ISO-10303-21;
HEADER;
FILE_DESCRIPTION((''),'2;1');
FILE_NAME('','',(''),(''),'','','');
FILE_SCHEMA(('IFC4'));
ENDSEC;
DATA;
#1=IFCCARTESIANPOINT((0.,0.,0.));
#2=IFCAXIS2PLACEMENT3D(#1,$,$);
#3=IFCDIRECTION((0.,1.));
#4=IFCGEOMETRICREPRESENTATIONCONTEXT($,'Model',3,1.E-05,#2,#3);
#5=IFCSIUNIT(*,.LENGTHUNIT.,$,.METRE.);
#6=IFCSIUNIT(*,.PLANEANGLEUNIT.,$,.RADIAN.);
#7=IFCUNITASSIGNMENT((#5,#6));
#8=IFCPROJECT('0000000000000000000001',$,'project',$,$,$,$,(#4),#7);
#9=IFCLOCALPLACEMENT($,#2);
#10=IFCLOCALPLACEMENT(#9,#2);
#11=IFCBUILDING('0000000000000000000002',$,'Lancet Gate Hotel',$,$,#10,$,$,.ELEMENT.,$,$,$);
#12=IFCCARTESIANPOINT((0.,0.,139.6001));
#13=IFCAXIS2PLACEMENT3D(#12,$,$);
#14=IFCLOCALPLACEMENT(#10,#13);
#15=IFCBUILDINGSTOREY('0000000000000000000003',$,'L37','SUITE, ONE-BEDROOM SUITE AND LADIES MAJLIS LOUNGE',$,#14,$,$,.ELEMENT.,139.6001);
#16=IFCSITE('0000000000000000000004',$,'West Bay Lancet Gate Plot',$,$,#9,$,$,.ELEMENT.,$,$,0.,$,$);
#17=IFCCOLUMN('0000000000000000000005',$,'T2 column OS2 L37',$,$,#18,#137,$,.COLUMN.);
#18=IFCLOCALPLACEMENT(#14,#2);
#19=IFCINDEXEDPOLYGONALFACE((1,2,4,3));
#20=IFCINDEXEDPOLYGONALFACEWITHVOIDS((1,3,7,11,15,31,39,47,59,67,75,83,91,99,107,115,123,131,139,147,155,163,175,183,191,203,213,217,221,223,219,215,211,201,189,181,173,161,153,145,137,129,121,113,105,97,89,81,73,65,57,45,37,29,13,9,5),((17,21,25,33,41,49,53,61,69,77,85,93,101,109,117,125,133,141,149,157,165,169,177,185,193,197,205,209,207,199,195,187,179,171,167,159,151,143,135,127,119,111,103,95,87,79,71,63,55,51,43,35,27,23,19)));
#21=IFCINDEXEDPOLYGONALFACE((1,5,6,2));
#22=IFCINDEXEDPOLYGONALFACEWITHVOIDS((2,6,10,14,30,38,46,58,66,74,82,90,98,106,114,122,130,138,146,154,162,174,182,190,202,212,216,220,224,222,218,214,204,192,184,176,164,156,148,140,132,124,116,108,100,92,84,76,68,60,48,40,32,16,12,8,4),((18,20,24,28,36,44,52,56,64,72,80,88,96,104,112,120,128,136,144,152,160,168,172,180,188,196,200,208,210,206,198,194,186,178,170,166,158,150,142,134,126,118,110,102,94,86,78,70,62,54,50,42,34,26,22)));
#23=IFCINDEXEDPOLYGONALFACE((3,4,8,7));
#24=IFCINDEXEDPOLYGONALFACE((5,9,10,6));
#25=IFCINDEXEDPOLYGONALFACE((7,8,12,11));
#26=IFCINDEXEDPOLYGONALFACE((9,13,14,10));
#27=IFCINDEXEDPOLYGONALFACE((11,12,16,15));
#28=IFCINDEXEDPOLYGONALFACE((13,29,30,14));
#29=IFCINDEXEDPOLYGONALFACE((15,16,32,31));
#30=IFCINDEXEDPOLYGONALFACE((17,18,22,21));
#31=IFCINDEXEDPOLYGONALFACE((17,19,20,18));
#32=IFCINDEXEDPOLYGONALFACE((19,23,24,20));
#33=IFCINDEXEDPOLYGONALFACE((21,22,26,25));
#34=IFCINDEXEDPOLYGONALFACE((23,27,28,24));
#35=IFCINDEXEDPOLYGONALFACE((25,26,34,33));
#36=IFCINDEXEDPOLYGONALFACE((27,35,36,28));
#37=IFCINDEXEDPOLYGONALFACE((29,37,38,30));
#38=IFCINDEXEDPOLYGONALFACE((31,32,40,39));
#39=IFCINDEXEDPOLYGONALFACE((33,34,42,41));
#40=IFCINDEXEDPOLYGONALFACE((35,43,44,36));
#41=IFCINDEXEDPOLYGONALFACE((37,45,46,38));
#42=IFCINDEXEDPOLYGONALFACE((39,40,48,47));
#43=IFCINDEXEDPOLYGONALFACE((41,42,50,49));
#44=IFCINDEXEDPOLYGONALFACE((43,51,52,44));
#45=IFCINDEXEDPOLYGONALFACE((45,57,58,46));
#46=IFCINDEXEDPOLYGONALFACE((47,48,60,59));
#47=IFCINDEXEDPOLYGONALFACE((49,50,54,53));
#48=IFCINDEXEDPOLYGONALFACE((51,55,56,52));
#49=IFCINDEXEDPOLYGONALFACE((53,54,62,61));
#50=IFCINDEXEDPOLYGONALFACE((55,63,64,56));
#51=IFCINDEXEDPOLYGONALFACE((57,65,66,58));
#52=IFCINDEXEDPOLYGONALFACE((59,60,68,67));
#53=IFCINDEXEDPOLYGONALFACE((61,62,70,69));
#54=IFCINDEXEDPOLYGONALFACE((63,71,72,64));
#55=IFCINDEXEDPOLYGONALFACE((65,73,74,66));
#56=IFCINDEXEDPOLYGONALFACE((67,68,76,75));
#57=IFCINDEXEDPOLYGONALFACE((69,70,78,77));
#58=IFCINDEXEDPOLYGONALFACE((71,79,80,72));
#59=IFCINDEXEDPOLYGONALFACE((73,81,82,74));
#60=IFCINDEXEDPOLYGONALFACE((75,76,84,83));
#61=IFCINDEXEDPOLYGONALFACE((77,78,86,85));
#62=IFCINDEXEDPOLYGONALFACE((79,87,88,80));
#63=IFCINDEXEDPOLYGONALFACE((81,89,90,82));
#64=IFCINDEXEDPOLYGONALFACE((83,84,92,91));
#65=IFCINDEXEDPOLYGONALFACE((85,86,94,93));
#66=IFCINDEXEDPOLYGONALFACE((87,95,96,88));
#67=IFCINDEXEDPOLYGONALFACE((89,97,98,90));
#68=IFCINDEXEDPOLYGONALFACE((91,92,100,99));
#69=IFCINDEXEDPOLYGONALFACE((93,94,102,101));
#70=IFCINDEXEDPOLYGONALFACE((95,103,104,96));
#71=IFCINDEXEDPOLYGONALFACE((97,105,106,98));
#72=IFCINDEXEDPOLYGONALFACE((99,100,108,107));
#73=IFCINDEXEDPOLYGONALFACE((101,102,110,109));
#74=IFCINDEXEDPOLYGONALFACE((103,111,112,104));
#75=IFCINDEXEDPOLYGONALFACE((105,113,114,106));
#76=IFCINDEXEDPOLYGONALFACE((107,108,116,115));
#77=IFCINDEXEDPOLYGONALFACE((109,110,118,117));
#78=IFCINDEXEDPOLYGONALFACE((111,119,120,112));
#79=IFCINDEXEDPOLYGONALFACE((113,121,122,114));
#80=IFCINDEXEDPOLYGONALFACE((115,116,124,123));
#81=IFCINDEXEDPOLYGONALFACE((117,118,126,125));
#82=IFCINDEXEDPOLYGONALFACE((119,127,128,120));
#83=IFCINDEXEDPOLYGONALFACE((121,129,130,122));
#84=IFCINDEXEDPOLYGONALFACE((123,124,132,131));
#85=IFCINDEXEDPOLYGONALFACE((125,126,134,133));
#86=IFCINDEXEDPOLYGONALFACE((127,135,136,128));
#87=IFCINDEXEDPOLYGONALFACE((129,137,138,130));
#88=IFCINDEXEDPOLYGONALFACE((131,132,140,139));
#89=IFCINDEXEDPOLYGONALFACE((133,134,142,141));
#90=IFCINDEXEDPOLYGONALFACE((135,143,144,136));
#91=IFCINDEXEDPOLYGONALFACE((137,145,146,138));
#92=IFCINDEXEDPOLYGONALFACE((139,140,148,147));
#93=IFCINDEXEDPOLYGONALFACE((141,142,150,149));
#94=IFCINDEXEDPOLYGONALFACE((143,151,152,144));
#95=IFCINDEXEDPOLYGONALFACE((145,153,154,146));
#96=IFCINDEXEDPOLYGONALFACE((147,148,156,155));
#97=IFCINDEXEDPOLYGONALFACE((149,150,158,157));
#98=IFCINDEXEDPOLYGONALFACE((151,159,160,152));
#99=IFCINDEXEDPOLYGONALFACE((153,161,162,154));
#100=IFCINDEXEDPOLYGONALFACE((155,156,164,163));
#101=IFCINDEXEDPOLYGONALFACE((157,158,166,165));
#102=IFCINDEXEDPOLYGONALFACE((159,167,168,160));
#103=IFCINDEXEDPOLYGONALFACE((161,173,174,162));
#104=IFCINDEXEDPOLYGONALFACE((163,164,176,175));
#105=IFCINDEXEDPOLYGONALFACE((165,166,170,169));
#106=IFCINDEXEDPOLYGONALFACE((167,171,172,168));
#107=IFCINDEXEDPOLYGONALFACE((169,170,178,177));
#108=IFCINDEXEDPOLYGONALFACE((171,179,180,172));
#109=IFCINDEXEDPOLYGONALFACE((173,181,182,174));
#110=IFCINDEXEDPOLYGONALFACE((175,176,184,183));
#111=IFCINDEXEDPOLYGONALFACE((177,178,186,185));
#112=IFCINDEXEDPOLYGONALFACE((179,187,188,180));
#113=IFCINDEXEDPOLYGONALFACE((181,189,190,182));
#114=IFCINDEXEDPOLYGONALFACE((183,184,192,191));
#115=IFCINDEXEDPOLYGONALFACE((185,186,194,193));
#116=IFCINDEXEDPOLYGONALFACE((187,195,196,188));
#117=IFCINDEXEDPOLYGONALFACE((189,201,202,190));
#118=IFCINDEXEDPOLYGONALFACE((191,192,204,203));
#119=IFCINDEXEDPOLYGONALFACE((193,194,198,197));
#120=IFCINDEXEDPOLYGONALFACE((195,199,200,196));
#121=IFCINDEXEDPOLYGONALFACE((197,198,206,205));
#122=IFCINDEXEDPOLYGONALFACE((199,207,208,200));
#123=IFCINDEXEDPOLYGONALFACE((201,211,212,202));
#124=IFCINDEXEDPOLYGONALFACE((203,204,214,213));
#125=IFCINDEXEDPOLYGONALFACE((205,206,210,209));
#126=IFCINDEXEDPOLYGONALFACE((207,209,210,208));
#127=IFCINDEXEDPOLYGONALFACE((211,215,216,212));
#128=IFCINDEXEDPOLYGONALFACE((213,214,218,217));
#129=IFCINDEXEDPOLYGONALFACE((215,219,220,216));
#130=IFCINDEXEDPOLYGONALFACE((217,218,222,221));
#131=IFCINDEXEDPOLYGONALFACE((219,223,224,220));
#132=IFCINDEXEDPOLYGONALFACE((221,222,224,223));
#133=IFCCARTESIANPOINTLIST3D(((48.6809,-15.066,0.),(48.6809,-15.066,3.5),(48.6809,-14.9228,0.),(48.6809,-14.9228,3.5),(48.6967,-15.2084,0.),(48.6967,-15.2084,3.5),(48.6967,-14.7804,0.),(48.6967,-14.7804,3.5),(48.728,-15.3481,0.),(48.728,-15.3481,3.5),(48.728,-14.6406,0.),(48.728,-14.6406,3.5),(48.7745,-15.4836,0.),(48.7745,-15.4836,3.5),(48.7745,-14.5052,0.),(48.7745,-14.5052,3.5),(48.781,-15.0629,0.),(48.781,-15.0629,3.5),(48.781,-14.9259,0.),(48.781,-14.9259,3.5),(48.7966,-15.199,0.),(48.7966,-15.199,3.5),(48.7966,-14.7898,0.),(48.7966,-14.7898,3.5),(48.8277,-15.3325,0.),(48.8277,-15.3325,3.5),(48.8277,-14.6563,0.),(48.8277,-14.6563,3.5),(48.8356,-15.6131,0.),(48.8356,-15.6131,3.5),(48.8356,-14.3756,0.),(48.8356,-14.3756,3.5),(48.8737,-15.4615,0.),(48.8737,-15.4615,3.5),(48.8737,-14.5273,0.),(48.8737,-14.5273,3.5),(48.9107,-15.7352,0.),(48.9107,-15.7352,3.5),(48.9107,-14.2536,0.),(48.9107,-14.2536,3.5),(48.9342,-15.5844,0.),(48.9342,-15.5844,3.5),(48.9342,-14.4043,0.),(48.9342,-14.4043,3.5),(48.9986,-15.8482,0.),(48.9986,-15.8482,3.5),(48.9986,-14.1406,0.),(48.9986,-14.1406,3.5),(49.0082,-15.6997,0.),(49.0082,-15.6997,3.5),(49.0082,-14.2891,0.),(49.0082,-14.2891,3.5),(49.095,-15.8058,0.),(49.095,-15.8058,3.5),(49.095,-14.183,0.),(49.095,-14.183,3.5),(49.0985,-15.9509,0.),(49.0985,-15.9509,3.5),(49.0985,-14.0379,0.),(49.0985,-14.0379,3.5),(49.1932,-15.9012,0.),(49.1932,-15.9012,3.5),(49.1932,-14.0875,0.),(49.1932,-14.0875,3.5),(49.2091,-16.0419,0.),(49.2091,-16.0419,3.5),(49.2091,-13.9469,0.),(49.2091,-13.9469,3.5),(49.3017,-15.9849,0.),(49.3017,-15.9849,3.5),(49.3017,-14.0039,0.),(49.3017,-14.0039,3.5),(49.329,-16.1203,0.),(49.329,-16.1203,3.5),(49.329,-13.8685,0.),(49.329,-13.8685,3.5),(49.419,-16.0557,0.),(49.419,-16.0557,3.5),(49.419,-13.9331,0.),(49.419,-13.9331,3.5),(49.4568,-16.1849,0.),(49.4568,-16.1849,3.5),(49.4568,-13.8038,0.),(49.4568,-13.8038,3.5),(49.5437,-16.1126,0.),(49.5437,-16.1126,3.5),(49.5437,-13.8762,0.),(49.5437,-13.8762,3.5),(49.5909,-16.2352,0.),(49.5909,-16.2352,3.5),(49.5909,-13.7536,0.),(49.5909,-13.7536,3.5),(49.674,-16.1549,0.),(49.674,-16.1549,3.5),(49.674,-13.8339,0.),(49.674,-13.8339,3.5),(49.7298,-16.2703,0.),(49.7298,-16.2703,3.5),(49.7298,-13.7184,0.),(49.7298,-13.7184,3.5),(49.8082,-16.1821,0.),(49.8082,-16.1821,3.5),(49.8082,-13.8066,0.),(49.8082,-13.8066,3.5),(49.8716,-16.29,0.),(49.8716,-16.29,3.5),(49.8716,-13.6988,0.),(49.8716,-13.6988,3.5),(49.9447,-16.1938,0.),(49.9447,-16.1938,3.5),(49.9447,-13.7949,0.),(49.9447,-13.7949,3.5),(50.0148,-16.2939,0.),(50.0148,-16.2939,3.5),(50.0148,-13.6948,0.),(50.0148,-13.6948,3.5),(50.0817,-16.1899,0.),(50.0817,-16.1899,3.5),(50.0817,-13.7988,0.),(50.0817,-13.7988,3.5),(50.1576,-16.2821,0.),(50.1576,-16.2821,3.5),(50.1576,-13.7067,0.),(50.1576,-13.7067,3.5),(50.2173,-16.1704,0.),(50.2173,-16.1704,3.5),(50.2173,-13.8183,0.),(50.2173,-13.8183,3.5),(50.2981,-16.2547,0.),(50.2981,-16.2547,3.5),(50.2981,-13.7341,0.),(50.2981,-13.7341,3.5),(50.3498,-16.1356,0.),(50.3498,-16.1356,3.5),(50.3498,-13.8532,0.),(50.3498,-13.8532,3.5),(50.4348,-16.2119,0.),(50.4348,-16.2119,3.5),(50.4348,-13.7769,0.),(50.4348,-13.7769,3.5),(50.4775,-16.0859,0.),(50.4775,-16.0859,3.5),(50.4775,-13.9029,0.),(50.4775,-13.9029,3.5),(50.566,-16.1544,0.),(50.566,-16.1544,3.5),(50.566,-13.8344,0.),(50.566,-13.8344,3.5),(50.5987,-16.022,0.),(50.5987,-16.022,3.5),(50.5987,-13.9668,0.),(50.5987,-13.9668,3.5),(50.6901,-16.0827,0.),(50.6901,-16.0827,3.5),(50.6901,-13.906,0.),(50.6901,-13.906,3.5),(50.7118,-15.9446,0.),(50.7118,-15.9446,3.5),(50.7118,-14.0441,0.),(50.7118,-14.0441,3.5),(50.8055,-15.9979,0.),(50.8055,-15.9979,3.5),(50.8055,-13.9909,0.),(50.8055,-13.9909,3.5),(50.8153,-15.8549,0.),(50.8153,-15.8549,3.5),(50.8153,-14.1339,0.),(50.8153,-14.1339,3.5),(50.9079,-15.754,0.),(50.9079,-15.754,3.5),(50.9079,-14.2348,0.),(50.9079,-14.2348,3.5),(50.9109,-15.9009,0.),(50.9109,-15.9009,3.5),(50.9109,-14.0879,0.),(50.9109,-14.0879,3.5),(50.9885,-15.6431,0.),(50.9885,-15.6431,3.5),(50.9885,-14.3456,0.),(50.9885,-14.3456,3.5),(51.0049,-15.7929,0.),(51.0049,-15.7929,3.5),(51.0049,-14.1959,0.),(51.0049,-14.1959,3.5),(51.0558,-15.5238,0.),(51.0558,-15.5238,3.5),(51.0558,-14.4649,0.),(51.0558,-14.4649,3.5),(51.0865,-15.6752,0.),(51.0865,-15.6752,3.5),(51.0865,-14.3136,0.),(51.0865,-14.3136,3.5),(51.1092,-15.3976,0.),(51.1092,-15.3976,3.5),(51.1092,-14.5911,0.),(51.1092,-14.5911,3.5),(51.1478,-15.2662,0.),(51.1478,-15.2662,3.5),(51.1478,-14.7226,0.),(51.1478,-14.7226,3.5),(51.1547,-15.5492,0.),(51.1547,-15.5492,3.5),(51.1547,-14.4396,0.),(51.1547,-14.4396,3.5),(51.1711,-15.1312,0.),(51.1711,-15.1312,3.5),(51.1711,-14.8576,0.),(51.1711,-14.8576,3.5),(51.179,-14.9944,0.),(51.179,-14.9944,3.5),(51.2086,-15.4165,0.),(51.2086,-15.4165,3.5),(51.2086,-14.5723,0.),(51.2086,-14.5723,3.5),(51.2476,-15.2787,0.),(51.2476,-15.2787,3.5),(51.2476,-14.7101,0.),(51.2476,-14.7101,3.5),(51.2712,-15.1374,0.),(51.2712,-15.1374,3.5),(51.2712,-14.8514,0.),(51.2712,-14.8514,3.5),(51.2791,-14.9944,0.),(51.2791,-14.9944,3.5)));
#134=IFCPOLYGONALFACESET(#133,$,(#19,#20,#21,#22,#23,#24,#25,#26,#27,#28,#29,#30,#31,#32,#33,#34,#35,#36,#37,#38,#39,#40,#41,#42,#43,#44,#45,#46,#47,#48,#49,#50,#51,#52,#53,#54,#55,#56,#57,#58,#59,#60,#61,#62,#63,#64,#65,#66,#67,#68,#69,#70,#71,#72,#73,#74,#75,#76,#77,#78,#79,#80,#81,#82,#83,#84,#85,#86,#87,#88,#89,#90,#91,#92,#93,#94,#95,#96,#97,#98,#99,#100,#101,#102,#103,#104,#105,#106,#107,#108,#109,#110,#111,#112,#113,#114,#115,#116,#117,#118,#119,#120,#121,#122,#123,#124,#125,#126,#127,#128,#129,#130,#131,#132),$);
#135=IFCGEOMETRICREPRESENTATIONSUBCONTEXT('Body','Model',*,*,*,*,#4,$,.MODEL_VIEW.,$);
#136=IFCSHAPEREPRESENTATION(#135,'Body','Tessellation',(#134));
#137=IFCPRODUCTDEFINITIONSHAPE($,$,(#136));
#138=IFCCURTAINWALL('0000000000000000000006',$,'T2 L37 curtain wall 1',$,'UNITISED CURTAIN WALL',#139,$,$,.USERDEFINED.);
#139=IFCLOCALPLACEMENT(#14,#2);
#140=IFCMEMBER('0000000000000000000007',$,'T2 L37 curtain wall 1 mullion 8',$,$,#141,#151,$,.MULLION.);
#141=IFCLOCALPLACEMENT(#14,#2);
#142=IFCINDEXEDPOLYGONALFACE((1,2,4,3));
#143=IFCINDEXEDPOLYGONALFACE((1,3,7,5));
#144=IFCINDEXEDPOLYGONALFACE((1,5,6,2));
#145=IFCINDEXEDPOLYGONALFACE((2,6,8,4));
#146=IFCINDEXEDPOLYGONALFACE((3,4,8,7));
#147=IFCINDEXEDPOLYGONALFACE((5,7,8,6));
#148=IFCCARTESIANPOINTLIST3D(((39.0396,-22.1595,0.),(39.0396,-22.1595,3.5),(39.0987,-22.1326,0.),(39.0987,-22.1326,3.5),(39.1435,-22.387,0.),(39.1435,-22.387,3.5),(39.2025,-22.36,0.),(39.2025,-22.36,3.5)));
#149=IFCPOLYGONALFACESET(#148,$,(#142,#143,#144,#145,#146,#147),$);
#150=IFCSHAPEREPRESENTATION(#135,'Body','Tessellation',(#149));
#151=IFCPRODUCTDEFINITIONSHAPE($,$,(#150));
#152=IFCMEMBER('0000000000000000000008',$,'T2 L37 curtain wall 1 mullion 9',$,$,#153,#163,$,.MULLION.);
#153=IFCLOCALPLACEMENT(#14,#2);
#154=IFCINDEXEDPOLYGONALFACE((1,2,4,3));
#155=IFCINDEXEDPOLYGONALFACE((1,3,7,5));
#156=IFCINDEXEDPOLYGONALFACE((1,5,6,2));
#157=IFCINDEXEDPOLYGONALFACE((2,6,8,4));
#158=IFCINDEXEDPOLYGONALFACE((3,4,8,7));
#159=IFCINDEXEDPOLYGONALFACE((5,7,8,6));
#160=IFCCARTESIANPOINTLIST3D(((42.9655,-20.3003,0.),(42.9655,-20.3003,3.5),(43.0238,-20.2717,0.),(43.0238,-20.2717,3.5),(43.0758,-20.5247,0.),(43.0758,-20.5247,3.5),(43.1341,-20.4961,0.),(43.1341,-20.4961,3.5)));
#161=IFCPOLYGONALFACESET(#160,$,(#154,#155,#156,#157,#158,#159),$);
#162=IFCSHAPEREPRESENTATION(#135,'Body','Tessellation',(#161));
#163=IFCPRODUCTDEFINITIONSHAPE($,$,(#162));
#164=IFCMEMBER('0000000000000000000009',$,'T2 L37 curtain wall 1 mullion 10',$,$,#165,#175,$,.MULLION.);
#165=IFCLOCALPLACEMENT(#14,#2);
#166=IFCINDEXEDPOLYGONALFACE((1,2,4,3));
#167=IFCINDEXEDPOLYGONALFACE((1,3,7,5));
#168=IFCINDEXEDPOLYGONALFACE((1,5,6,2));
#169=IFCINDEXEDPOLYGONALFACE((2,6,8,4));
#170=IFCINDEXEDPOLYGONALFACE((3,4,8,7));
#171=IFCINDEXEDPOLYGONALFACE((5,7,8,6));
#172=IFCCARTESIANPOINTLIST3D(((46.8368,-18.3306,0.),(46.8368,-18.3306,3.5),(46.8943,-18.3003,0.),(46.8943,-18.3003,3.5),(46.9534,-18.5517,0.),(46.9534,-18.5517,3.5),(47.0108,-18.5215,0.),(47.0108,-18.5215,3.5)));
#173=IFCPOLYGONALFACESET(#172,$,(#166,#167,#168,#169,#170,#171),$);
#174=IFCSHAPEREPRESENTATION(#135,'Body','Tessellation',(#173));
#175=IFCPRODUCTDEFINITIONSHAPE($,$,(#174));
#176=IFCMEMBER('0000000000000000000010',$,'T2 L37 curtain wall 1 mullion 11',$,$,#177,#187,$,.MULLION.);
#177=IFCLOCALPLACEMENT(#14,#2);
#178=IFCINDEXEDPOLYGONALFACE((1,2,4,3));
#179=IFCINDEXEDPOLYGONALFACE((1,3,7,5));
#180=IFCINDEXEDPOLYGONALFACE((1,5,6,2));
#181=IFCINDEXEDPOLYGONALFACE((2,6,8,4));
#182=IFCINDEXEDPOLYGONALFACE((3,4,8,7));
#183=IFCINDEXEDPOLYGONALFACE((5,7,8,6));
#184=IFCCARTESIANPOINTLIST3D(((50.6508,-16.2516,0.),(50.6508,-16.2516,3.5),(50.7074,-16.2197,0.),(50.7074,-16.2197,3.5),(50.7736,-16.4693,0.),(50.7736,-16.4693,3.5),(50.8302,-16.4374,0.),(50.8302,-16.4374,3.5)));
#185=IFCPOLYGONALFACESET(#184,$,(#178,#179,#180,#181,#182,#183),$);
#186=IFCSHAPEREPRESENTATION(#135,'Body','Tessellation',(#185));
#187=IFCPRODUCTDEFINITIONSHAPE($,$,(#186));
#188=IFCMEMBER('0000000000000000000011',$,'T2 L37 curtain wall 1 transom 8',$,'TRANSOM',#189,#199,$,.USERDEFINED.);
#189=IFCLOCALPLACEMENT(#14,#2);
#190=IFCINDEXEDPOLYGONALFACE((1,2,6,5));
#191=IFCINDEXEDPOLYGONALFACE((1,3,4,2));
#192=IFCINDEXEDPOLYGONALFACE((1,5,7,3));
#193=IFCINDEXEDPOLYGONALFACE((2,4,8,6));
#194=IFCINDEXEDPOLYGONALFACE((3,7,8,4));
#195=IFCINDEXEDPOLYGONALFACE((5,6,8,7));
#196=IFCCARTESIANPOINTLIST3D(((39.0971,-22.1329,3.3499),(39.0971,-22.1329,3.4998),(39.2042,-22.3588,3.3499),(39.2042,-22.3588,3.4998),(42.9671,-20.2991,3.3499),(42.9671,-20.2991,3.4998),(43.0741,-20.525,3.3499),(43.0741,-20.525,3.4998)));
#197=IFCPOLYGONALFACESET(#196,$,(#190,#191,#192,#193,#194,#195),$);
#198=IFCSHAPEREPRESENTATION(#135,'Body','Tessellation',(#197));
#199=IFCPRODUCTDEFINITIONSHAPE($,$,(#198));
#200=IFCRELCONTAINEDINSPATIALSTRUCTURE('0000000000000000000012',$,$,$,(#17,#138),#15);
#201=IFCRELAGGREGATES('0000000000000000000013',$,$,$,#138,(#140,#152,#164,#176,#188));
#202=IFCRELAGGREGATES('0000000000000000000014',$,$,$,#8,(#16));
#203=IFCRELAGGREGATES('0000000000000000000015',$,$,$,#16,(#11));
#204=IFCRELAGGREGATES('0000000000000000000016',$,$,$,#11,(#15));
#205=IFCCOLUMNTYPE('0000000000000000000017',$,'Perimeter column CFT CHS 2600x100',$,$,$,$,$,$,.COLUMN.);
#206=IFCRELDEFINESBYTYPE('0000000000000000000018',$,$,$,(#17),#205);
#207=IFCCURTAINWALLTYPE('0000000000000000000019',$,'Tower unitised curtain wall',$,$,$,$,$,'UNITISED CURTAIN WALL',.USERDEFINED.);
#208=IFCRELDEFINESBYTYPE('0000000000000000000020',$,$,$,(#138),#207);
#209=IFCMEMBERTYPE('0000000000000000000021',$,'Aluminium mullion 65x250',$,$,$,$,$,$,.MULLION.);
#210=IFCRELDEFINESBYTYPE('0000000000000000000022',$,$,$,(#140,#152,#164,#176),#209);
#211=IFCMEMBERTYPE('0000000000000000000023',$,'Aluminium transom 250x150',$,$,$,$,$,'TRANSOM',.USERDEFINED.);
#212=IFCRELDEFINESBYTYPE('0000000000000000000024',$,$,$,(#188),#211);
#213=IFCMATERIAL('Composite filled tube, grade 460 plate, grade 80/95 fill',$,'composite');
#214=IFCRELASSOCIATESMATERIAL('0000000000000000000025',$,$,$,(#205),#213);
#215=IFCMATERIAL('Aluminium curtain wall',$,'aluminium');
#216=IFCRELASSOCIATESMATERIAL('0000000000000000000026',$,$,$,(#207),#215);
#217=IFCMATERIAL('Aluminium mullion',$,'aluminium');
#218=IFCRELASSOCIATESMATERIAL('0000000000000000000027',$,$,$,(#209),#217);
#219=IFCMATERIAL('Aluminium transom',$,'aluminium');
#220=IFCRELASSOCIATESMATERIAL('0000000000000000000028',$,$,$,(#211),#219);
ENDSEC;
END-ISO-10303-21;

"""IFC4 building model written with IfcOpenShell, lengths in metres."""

from ifc_helpers import new_model, si_unit, direction, frame, origin, origin_2d, place, context, subcontext, project, spatial, rectangle, hollow_circle, extrude, material, material_profile, profile_set, type_object, element, aggregate, save


model = new_model("IFC4")

# Units and contexts
model_context = context("Model", 3, precision=1e-05, world=origin(), true_north=direction((0.0, 1.0)))
body_context = subcontext(model_context, "Body", "Model", "MODEL_VIEW")
ifc_project = project(units=[si_unit("LENGTHUNIT", "METRE"), si_unit("PLANEANGLEUNIT", "RADIAN")], contexts=[model_context])

# Site, building, storey
site_placement = place(None, origin())
site = spatial("IfcSite", under=ifc_project, at=site_placement, Name="West Bay Lancet Gate Plot", CompositionType="ELEMENT", RefElevation=0.0)
building_placement = place(site_placement, origin())
building = spatial("IfcBuilding", under=site, at=building_placement, Name="Lancet Gate Hotel", CompositionType="ELEMENT")
storey_placement = place(building_placement, frame((0.0, 0.0, 139.6001)))
storey = spatial("IfcBuildingStorey", under=building, at=storey_placement, Name="L37", Description="SUITE, ONE-BEDROOM SUITE AND LADIES MAJLIS LOUNGE", CompositionType="ELEMENT", Elevation=139.6001)

# Column
ifc_material_1 = material(Name="Composite filled tube, grade 460 plate, grade 80/95 fill", Category="composite")
ifc_material_profile_1 = material_profile(ifc_material_1, hollow_circle(Radius=1.3, WallThickness=0.1001, at=origin_2d()), Name="CHS 2600x100")
ifc_profile_set_1 = profile_set([ifc_material_profile_1], Name="Composite filled tube, grade 460 plate, grade 80/95 fill")
column_type = type_object("IfcColumnType", Name="Perimeter column CFT CHS 2600x100", PredefinedType="COLUMN", material=ifc_profile_set_1)
for number, where, z_axis, x_axis, name in (
    (1, (49.979, -14.9944, 0.0), (0.0, 0.0, 1.0), (1.0, 0.0, 0.0), "T2 column OS2 L37"),
):
    element("IfcColumn", number, at=place(storey_placement, frame(where, z_axis=z_axis, x_axis=x_axis)), inside=storey, type_object=column_type, Name=name, PredefinedType="COLUMN", context=body_context, shape_type="SweptSolid", body=[
        extrude(hollow_circle(Radius=1.3, WallThickness=0.1001, at=origin_2d()), origin(), (0.0, 0.0, 1.0), 3.5),
    ])

# Curtain wall, members
ifc_material_2 = material(Name="Aluminium curtain wall", Category="aluminium")
curtain_wall_type = type_object("IfcCurtainWallType", Name="Tower unitised curtain wall", ElementType="UNITISED CURTAIN WALL", PredefinedType="USERDEFINED", material=ifc_material_2)
curtain_wall_placement = place(storey_placement, origin())
curtain_wall = element("IfcCurtainWall", 2, at=curtain_wall_placement, inside=storey, type_object=curtain_wall_type, Name="T2 L37 curtain wall 1", ObjectType="UNITISED CURTAIN WALL", PredefinedType="USERDEFINED")
ifc_material_3 = material(Name="Aluminium mullion", Category="aluminium")
ifc_material_profile_2 = material_profile(ifc_material_3, rectangle(XDim=0.0649, YDim=0.25, at=origin_2d()), Name="MULLION 65x250")
ifc_profile_set_2 = profile_set([ifc_material_profile_2], Name="Aluminium mullion")
member_type_1 = type_object("IfcMemberType", Name="Aluminium mullion 65x250", PredefinedType="MULLION", material=ifc_profile_set_2)
member_1_placement = place(storey_placement, frame((39.1211, -22.2598, 0.0), z_axis=(0.0, 0.0, 1.0), x_axis=(0.909673, 0.415326, 0.0)))
member_1 = element("IfcMember", 3, at=member_1_placement, type_object=member_type_1, Name="T2 L37 curtain wall 1 mullion 8", PredefinedType="MULLION", context=body_context, shape_type="SweptSolid", body=[
    extrude(rectangle(XDim=0.0649, YDim=0.25, at=origin_2d()), origin(), (0.0, 0.0, 1.0), 3.5),
])
member_2_placement = place(storey_placement, frame((43.0498, -20.3982, 0.0), z_axis=(0.0, 0.0, 1.0), x_axis=(0.897512, 0.44099, 0.0)))
member_2 = element("IfcMember", 4, at=member_2_placement, type_object=member_type_1, Name="T2 L37 curtain wall 1 mullion 9", PredefinedType="MULLION", context=body_context, shape_type="SweptSolid", body=[
    extrude(rectangle(XDim=0.0649, YDim=0.25, at=origin_2d()), origin(), (0.0, 0.0, 1.0), 3.5),
])
member_3_placement = place(storey_placement, frame((46.9238, -18.426, 0.0), z_axis=(0.0, 0.0, 1.0), x_axis=(0.884627, 0.466299, 0.0)))
member_3 = element("IfcMember", 5, at=member_3_placement, type_object=member_type_1, Name="T2 L37 curtain wall 1 mullion 10", PredefinedType="MULLION", context=body_context, shape_type="SweptSolid", body=[
    extrude(rectangle(XDim=0.0649, YDim=0.25, at=origin_2d()), origin(), (0.0, 0.0, 1.0), 3.5),
])
member_4_placement = place(storey_placement, frame((50.7405, -16.3445, 0.0), z_axis=(0.0, 0.0, 1.0), x_axis=(0.871029, 0.491232, 0.0)))
member_4 = element("IfcMember", 6, at=member_4_placement, type_object=member_type_1, Name="T2 L37 curtain wall 1 mullion 11", PredefinedType="MULLION", context=body_context, shape_type="SweptSolid", body=[
    extrude(rectangle(XDim=0.0649, YDim=0.25, at=origin_2d()), origin(), (0.0, 0.0, 1.0), 3.5),
])
ifc_material_4 = material(Name="Aluminium transom", Category="aluminium")
ifc_material_profile_3 = material_profile(ifc_material_4, rectangle(XDim=0.25, YDim=0.1499, at=origin_2d()), Name="TRANSOM 250x150")
ifc_profile_set_3 = profile_set([ifc_material_profile_3], Name="Aluminium transom")
member_type_2 = type_object("IfcMemberType", Name="Aluminium transom 250x150", ElementType="TRANSOM", PredefinedType="USERDEFINED", material=ifc_profile_set_3)
member_5_placement = place(storey_placement, frame((39.1506, -22.2458, 3.4248), z_axis=(0.90368, 0.428209, 0.0), x_axis=(-0.428209, 0.90368, 0.0)))
member_5 = element("IfcMember", 7, at=member_5_placement, type_object=member_type_2, Name="T2 L37 curtain wall 1 transom 8", ObjectType="TRANSOM", PredefinedType="USERDEFINED", context=body_context, shape_type="SweptSolid", body=[
    extrude(rectangle(XDim=0.25, YDim=0.1499, at=origin_2d()), origin(), (0.0, 0.0, 1.0), 4.2825),
])

aggregate(curtain_wall, [member_1, member_2, member_3, member_4, member_5])

save(model, "model.ifc")
